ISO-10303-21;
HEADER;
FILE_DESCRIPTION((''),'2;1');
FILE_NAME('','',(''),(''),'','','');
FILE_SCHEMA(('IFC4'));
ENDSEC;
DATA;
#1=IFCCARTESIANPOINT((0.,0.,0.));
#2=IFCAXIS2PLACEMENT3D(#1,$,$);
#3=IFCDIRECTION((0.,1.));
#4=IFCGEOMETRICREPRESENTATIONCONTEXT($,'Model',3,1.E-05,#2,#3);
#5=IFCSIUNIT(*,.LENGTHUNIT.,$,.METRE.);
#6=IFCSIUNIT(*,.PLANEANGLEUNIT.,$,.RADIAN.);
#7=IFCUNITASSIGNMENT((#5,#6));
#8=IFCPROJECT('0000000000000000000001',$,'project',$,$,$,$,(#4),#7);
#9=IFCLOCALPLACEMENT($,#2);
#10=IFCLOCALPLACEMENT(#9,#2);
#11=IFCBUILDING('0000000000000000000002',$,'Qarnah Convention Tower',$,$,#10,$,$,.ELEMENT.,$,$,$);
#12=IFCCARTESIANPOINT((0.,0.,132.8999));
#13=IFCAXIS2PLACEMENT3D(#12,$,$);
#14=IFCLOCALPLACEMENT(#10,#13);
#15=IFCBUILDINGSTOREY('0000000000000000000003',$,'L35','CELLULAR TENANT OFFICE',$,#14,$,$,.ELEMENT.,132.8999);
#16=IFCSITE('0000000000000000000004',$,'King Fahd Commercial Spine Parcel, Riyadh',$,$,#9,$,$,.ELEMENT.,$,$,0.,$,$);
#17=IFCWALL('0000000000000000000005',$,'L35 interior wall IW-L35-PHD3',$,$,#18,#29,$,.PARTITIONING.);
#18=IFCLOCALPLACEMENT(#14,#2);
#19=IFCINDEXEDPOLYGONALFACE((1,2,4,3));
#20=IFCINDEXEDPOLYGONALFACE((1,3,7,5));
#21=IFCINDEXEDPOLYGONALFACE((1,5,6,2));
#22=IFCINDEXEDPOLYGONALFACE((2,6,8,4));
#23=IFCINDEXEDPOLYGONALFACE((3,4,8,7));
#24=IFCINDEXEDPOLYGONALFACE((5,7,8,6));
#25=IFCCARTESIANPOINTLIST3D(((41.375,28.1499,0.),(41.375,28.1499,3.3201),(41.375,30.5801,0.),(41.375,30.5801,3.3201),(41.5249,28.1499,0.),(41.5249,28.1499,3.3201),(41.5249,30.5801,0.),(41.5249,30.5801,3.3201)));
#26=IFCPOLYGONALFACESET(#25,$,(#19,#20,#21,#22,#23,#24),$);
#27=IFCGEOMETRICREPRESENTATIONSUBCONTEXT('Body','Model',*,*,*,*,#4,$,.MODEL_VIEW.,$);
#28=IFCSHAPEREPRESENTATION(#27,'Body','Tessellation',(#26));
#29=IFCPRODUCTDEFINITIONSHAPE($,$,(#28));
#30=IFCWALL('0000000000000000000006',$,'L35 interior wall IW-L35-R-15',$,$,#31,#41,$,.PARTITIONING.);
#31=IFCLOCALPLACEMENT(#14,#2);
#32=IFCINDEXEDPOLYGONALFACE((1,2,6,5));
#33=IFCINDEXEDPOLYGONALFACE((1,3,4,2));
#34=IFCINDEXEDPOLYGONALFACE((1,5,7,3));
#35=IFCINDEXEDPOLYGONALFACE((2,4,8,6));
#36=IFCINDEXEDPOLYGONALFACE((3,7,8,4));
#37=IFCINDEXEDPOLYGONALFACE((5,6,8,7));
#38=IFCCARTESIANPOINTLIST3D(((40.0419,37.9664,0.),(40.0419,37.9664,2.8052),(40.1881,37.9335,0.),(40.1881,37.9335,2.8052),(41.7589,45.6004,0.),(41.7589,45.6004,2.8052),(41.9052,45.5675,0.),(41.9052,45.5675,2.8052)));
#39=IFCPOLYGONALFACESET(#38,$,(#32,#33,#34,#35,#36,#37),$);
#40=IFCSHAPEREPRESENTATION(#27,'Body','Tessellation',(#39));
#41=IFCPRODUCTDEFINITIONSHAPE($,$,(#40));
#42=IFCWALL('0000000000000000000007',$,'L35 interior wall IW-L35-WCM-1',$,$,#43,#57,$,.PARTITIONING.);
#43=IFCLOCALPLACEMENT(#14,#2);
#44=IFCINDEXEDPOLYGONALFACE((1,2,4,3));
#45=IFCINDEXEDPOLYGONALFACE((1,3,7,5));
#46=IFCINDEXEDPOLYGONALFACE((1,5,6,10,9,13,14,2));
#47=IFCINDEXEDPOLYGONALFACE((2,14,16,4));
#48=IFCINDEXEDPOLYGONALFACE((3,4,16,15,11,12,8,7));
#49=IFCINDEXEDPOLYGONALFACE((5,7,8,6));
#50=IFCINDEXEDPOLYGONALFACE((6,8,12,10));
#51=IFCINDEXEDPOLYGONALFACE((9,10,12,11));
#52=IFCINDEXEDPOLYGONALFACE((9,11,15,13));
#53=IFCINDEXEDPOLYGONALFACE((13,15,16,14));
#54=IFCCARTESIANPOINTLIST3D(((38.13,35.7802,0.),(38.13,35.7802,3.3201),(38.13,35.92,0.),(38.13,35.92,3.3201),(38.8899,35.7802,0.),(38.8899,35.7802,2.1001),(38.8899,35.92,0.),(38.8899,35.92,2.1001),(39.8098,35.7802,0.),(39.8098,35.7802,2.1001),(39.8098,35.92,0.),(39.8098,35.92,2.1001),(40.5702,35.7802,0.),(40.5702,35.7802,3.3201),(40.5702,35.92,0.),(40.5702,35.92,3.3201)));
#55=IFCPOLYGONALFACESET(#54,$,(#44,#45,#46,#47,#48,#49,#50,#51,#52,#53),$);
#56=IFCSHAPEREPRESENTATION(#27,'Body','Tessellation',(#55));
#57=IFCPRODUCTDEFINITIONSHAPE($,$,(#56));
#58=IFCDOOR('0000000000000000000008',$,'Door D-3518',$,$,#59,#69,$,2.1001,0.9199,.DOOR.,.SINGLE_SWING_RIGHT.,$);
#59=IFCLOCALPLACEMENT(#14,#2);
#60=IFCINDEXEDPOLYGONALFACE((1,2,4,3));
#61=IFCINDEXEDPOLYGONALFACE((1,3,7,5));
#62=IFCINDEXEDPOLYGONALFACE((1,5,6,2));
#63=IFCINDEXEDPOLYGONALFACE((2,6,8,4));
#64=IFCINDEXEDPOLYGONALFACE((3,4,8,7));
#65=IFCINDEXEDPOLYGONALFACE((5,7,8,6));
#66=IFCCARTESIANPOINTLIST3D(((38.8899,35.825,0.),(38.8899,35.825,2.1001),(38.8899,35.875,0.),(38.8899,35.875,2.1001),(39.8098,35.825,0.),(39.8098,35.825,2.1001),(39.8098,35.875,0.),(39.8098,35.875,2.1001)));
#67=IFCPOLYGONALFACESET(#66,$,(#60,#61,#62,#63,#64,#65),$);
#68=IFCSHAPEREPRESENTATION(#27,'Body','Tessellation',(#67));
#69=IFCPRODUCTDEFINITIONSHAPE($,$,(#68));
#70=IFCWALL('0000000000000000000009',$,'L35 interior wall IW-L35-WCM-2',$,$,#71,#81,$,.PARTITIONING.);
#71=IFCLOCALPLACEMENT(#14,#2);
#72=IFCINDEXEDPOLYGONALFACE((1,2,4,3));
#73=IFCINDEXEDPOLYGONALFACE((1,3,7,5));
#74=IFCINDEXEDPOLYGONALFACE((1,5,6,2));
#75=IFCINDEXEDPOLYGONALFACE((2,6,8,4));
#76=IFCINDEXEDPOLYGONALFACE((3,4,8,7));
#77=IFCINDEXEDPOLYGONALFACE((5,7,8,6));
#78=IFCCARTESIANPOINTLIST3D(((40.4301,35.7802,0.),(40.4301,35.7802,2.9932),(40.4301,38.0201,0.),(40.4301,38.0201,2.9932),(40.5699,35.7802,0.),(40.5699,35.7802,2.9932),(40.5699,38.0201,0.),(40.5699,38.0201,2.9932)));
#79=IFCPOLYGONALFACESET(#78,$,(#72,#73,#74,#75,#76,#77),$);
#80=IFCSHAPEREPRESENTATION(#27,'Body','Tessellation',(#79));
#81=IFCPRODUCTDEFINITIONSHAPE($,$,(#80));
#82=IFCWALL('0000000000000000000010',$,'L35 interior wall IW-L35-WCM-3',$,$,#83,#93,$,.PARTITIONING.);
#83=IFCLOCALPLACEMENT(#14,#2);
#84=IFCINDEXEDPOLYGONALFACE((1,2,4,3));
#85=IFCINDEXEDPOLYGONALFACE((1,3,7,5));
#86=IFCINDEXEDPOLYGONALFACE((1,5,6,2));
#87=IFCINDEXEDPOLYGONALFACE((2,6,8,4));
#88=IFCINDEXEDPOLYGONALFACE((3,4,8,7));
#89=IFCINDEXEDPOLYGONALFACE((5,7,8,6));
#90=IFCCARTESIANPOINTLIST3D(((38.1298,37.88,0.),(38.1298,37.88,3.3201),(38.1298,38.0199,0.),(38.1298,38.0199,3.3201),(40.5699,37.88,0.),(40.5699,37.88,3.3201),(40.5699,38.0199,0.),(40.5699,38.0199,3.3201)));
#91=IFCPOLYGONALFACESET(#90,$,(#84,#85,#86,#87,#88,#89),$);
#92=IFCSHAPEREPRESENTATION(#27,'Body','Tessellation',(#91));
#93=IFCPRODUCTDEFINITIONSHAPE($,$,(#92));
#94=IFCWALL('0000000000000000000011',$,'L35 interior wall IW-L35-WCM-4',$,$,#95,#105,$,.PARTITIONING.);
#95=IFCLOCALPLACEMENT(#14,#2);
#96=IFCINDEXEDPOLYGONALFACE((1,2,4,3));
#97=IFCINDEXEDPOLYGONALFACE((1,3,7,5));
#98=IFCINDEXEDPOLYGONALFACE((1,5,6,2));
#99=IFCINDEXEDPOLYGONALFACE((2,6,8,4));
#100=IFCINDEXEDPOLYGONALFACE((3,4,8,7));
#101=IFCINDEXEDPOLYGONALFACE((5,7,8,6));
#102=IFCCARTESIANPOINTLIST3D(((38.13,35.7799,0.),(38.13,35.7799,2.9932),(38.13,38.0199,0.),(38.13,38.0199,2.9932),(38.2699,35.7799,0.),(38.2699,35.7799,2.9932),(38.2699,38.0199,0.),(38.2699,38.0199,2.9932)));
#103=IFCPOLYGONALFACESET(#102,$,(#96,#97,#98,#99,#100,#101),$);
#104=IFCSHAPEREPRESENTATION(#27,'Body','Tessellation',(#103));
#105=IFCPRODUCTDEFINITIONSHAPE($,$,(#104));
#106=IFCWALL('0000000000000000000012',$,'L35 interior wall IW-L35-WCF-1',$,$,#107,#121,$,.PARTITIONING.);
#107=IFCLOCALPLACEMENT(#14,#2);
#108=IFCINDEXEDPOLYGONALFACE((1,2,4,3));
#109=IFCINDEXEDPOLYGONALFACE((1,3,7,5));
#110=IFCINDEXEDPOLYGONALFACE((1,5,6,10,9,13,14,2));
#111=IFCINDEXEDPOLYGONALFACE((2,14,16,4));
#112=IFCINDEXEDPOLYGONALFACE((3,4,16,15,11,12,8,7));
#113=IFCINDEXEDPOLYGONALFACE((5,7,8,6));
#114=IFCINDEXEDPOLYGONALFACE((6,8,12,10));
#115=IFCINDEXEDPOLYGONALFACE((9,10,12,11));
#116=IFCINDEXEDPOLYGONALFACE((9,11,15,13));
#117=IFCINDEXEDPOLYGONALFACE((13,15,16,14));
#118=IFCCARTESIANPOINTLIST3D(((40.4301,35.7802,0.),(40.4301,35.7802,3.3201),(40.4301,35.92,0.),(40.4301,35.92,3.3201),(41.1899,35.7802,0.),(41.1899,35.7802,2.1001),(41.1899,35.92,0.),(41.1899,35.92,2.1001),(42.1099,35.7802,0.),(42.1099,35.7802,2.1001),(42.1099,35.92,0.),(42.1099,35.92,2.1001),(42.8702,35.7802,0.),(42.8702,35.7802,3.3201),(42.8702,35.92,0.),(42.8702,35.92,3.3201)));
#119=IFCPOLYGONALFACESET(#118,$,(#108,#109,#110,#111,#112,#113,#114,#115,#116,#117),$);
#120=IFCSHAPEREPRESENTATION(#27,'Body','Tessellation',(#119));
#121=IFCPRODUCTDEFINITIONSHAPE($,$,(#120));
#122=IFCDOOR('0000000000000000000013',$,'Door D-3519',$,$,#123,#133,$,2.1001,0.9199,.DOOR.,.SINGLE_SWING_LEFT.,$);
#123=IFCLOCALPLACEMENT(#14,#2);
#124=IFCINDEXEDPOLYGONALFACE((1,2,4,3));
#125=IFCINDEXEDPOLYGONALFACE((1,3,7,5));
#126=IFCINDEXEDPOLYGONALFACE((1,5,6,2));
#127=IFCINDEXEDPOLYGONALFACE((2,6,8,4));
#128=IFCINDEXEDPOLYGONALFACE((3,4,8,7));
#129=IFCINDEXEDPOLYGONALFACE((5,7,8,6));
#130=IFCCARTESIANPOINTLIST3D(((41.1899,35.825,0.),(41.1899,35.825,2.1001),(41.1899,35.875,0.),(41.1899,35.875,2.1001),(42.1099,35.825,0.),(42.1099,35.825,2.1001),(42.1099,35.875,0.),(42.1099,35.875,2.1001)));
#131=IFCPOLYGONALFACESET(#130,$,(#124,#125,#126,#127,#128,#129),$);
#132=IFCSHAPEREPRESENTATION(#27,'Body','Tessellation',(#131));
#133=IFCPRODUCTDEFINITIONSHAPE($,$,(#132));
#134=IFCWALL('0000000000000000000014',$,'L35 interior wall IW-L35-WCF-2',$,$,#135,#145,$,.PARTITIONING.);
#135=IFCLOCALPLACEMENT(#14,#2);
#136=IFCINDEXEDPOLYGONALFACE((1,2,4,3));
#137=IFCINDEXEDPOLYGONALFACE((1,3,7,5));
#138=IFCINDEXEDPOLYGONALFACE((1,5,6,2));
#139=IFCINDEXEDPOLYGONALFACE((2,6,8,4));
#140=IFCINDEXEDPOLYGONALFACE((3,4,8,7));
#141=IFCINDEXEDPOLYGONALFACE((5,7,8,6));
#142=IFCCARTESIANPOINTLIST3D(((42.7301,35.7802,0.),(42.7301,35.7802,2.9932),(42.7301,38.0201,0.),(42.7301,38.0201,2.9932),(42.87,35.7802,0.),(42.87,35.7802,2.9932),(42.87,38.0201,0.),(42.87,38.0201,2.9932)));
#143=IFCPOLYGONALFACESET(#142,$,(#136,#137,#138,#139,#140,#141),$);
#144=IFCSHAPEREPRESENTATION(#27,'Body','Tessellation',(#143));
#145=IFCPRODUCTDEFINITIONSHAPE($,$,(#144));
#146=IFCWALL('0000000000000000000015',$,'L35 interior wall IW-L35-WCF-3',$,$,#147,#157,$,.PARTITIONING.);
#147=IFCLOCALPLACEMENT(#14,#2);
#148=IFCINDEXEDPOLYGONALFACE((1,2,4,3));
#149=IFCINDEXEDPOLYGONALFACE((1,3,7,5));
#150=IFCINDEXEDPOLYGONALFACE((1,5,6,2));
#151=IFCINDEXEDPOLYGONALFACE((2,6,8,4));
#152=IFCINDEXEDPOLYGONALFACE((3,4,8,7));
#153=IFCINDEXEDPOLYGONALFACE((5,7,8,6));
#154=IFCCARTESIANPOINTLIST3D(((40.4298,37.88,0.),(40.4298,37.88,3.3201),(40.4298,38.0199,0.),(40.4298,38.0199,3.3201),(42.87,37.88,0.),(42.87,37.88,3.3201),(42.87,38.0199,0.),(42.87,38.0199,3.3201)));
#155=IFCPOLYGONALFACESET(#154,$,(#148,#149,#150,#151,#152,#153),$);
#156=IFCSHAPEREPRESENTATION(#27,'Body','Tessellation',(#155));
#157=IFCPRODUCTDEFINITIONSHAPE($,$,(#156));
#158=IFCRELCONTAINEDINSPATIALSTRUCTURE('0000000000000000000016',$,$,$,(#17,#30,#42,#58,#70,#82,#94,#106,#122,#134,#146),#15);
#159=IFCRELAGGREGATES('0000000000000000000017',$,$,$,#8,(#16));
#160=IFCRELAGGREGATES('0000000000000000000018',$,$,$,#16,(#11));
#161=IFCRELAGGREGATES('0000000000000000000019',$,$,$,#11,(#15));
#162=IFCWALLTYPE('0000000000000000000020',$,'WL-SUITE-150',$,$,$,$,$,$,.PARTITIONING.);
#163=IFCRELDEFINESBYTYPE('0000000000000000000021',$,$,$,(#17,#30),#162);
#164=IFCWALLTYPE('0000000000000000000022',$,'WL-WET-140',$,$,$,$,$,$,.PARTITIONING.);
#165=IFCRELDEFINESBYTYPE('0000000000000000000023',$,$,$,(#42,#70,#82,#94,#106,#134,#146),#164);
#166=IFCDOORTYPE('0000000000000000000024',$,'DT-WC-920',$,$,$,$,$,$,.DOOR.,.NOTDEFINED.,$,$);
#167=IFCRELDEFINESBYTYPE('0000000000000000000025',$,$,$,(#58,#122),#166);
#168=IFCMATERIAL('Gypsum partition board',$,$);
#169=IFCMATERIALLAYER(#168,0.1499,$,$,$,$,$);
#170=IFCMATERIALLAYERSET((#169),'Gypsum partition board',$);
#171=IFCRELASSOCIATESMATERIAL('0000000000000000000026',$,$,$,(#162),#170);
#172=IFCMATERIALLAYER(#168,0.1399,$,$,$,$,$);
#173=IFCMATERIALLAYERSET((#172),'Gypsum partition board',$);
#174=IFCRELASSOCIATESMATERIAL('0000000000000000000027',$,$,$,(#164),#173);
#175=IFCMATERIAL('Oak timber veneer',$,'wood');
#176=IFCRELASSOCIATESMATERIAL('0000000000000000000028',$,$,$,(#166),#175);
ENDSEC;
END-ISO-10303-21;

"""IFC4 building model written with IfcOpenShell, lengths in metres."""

from ifc_helpers import new_model, si_unit, direction, frame, frame_2d, origin, place, context, subcontext, project, spatial, rectangle, extrude, material, layer, layer_set, type_object, element, fill, save


model = new_model("IFC4")

# Units and contexts
model_context = context("Model", 3, precision=1e-05, world=origin(), true_north=direction((0.0, 1.0)))
body_context = subcontext(model_context, "Body", "Model", "MODEL_VIEW")
ifc_project = project(units=[si_unit("LENGTHUNIT", "METRE"), si_unit("PLANEANGLEUNIT", "RADIAN")], contexts=[model_context])

# Site, building, storey
site_placement = place(None, origin())
site = spatial("IfcSite", under=ifc_project, at=site_placement, Name="King Fahd Commercial Spine Parcel, Riyadh", CompositionType="ELEMENT", RefElevation=0.0)
building_placement = place(site_placement, origin())
building = spatial("IfcBuilding", under=site, at=building_placement, Name="Qarnah Convention Tower", CompositionType="ELEMENT")
storey_placement = place(building_placement, frame((0.0, 0.0, 132.8999)))
storey = spatial("IfcBuildingStorey", under=building, at=storey_placement, Name="L35", Description="CELLULAR TENANT OFFICE", CompositionType="ELEMENT", Elevation=132.8999)

# Walls
ifc_material_1 = material(Name="Gypsum partition board")
ifc_layer_1 = layer(ifc_material_1, 0.1499)
ifc_layer_set_1 = layer_set([ifc_layer_1], Name="Gypsum partition board")
wall_type_1 = type_object("IfcWallType", Name="WL-SUITE-150", PredefinedType="PARTITIONING", material=ifc_layer_set_1)
for number, where, z_axis, x_axis, name in (
    (1, (41.45, 28.1499, 0.0), (0.0, 0.0, 1.0), (0.0, 1.0, 0.0), "L35 interior wall IW-L35-PHD3"),
):
    element("IfcWall", number, at=place(storey_placement, frame(where, z_axis=z_axis, x_axis=x_axis)), inside=storey, type_object=wall_type_1, Name=name, PredefinedType="PARTITIONING", context=body_context, shape_type="SweptSolid", body=[
        extrude(rectangle(XDim=2.4302, YDim=0.1499, at=frame_2d((1.2151, 0.0))), origin(), (0.0, 0.0, 1.0), 3.3201),
    ])
wall_1_placement = place(storey_placement, frame((41.832, 45.584, 0.0), z_axis=(0.0, 0.0, 1.0), x_axis=(-0.219437, -0.975627, 0.0)))
element("IfcWall", 2, at=wall_1_placement, inside=storey, type_object=wall_type_1, Name="L35 interior wall IW-L35-R-15", PredefinedType="PARTITIONING", context=body_context, shape_type="SweptSolid", body=[
    extrude(rectangle(XDim=7.8247, YDim=0.1499, at=frame_2d((3.9124, 0.0))), origin(), (0.0, 0.0, 1.0), 2.8052),
])

# Wall, opening, door
ifc_material_2 = material(Name="Oak timber veneer", Category="wood")
ifc_layer_2 = layer(ifc_material_1, 0.1399)
ifc_layer_set_2 = layer_set([ifc_layer_2], Name="Gypsum partition board")
wall_type_2 = type_object("IfcWallType", Name="WL-WET-140", PredefinedType="PARTITIONING", material=ifc_layer_set_2)
wall_2_placement = place(storey_placement, frame((38.1299, 35.8501, 0.0), z_axis=(0.0, 0.0, 1.0), x_axis=(1.0, 0.0, 0.0)))
wall_2 = element("IfcWall", 3, at=wall_2_placement, inside=storey, type_object=wall_type_2, Name="L35 interior wall IW-L35-WCM-1", PredefinedType="PARTITIONING", context=body_context, shape_type="SweptSolid", body=[
    extrude(rectangle(XDim=2.4402, YDim=0.1399, at=frame_2d((1.2202, 0.0))), origin(), (0.0, 0.0, 1.0), 3.3201),
])
opening_1_placement = place(wall_2_placement, frame((0.76, 0.0, 0.0)))
opening_1 = element("IfcOpeningElement", 4, at=opening_1_placement, cuts=wall_2, PredefinedType="OPENING", context=body_context, shape_type="SweptSolid", body=[
    extrude(rectangle(XDim=0.9199, YDim=2.1001, at=frame_2d((0.46, 1.05))), frame((0.0, 0.0798, 0.0), z_axis=(0.0, -1.0, 0.0), x_axis=(1.0, 0.0, 0.0)), (0.0, 0.0, 1.0), 0.1599),
])
door_type_1 = type_object("IfcDoorType", Name="DT-WC-920", OperationType="NOTDEFINED", PredefinedType="DOOR", material=ifc_material_2)
door_1_placement = place(opening_1_placement, origin())
door_1 = element("IfcDoor", 5, at=door_1_placement, inside=storey, type_object=door_type_1, Name="Door D-3518", OperationType="SINGLE_SWING_RIGHT", OverallHeight=2.1001, OverallWidth=0.9199, PredefinedType="DOOR", context=body_context, shape_type="SweptSolid", body=[
    extrude(rectangle(XDim=0.9199, YDim=2.1001, at=frame_2d((0.46, 1.05))), frame((0.0, 0.0249, 0.0), z_axis=(0.0, -1.0, 0.0), x_axis=(1.0, 0.0, 0.0)), (0.0, 0.0, 1.0), 0.05),
])
fill(opening_1, door_1)

# Walls
wall_3_placement = place(storey_placement, frame((40.5, 35.78, 0.0), z_axis=(0.0, 0.0, 1.0), x_axis=(0.0, 1.0, 0.0)))
element("IfcWall", 6, at=wall_3_placement, inside=storey, type_object=wall_type_2, Name="L35 interior wall IW-L35-WCM-2", PredefinedType="PARTITIONING", context=body_context, shape_type="SweptSolid", body=[
    extrude(rectangle(XDim=2.24, YDim=0.1399, at=frame_2d((1.1201, 0.0))), origin(), (0.0, 0.0, 1.0), 2.9932),
])
wall_4_placement = place(storey_placement, frame((40.5701, 37.95, 0.0), z_axis=(0.0, 0.0, 1.0), x_axis=(-1.0, 0.0, 0.0)))
element("IfcWall", 7, at=wall_4_placement, inside=storey, type_object=wall_type_2, Name="L35 interior wall IW-L35-WCM-3", PredefinedType="PARTITIONING", context=body_context, shape_type="SweptSolid", body=[
    extrude(rectangle(XDim=2.4402, YDim=0.1399, at=frame_2d((1.2202, 0.0))), origin(), (0.0, 0.0, 1.0), 3.3201),
])
wall_5_placement = place(storey_placement, frame((38.2, 38.02, 0.0), z_axis=(0.0, 0.0, 1.0), x_axis=(0.0, -1.0, 0.0)))
element("IfcWall", 8, at=wall_5_placement, inside=storey, type_object=wall_type_2, Name="L35 interior wall IW-L35-WCM-4", PredefinedType="PARTITIONING", context=body_context, shape_type="SweptSolid", body=[
    extrude(rectangle(XDim=2.24, YDim=0.1399, at=frame_2d((1.1201, 0.0))), origin(), (0.0, 0.0, 1.0), 2.9932),
])

# Wall, opening, door
wall_6_placement = place(storey_placement, frame((40.4299, 35.8501, 0.0), z_axis=(0.0, 0.0, 1.0), x_axis=(1.0, 0.0, 0.0)))
wall_6 = element("IfcWall", 9, at=wall_6_placement, inside=storey, type_object=wall_type_2, Name="L35 interior wall IW-L35-WCF-1", PredefinedType="PARTITIONING", context=body_context, shape_type="SweptSolid", body=[
    extrude(rectangle(XDim=2.4402, YDim=0.1399, at=frame_2d((1.2202, 0.0))), origin(), (0.0, 0.0, 1.0), 3.3201),
])
opening_2_placement = place(wall_6_placement, frame((0.76, 0.0, 0.0)))
opening_2 = element("IfcOpeningElement", 10, at=opening_2_placement, cuts=wall_6, PredefinedType="OPENING", context=body_context, shape_type="SweptSolid", body=[
    extrude(rectangle(XDim=0.9199, YDim=2.1001, at=frame_2d((0.46, 1.05))), frame((0.0, 0.0798, 0.0), z_axis=(0.0, -1.0, 0.0), x_axis=(1.0, 0.0, 0.0)), (0.0, 0.0, 1.0), 0.1599),
])
door_2_placement = place(opening_2_placement, origin())
door_2 = element("IfcDoor", 11, at=door_2_placement, inside=storey, type_object=door_type_1, Name="Door D-3519", OperationType="SINGLE_SWING_LEFT", OverallHeight=2.1001, OverallWidth=0.9199, PredefinedType="DOOR", context=body_context, shape_type="SweptSolid", body=[
    extrude(rectangle(XDim=0.9199, YDim=2.1001, at=frame_2d((0.46, 1.05))), frame((0.0, 0.0249, 0.0), z_axis=(0.0, -1.0, 0.0), x_axis=(1.0, 0.0, 0.0)), (0.0, 0.0, 1.0), 0.05),
])
fill(opening_2, door_2)

# Walls
wall_7_placement = place(storey_placement, frame((42.8, 35.78, 0.0), z_axis=(0.0, 0.0, 1.0), x_axis=(0.0, 1.0, 0.0)))
element("IfcWall", 12, at=wall_7_placement, inside=storey, type_object=wall_type_2, Name="L35 interior wall IW-L35-WCF-2", PredefinedType="PARTITIONING", context=body_context, shape_type="SweptSolid", body=[
    extrude(rectangle(XDim=2.24, YDim=0.1399, at=frame_2d((1.1201, 0.0))), origin(), (0.0, 0.0, 1.0), 2.9932),
])
wall_8_placement = place(storey_placement, frame((42.8701, 37.95, 0.0), z_axis=(0.0, 0.0, 1.0), x_axis=(-1.0, 0.0, 0.0)))
element("IfcWall", 13, at=wall_8_placement, inside=storey, type_object=wall_type_2, Name="L35 interior wall IW-L35-WCF-3", PredefinedType="PARTITIONING", context=body_context, shape_type="SweptSolid", body=[
    extrude(rectangle(XDim=2.4402, YDim=0.1399, at=frame_2d((1.2202, 0.0))), origin(), (0.0, 0.0, 1.0), 3.3201),
])

save(model, "model.ifc")
